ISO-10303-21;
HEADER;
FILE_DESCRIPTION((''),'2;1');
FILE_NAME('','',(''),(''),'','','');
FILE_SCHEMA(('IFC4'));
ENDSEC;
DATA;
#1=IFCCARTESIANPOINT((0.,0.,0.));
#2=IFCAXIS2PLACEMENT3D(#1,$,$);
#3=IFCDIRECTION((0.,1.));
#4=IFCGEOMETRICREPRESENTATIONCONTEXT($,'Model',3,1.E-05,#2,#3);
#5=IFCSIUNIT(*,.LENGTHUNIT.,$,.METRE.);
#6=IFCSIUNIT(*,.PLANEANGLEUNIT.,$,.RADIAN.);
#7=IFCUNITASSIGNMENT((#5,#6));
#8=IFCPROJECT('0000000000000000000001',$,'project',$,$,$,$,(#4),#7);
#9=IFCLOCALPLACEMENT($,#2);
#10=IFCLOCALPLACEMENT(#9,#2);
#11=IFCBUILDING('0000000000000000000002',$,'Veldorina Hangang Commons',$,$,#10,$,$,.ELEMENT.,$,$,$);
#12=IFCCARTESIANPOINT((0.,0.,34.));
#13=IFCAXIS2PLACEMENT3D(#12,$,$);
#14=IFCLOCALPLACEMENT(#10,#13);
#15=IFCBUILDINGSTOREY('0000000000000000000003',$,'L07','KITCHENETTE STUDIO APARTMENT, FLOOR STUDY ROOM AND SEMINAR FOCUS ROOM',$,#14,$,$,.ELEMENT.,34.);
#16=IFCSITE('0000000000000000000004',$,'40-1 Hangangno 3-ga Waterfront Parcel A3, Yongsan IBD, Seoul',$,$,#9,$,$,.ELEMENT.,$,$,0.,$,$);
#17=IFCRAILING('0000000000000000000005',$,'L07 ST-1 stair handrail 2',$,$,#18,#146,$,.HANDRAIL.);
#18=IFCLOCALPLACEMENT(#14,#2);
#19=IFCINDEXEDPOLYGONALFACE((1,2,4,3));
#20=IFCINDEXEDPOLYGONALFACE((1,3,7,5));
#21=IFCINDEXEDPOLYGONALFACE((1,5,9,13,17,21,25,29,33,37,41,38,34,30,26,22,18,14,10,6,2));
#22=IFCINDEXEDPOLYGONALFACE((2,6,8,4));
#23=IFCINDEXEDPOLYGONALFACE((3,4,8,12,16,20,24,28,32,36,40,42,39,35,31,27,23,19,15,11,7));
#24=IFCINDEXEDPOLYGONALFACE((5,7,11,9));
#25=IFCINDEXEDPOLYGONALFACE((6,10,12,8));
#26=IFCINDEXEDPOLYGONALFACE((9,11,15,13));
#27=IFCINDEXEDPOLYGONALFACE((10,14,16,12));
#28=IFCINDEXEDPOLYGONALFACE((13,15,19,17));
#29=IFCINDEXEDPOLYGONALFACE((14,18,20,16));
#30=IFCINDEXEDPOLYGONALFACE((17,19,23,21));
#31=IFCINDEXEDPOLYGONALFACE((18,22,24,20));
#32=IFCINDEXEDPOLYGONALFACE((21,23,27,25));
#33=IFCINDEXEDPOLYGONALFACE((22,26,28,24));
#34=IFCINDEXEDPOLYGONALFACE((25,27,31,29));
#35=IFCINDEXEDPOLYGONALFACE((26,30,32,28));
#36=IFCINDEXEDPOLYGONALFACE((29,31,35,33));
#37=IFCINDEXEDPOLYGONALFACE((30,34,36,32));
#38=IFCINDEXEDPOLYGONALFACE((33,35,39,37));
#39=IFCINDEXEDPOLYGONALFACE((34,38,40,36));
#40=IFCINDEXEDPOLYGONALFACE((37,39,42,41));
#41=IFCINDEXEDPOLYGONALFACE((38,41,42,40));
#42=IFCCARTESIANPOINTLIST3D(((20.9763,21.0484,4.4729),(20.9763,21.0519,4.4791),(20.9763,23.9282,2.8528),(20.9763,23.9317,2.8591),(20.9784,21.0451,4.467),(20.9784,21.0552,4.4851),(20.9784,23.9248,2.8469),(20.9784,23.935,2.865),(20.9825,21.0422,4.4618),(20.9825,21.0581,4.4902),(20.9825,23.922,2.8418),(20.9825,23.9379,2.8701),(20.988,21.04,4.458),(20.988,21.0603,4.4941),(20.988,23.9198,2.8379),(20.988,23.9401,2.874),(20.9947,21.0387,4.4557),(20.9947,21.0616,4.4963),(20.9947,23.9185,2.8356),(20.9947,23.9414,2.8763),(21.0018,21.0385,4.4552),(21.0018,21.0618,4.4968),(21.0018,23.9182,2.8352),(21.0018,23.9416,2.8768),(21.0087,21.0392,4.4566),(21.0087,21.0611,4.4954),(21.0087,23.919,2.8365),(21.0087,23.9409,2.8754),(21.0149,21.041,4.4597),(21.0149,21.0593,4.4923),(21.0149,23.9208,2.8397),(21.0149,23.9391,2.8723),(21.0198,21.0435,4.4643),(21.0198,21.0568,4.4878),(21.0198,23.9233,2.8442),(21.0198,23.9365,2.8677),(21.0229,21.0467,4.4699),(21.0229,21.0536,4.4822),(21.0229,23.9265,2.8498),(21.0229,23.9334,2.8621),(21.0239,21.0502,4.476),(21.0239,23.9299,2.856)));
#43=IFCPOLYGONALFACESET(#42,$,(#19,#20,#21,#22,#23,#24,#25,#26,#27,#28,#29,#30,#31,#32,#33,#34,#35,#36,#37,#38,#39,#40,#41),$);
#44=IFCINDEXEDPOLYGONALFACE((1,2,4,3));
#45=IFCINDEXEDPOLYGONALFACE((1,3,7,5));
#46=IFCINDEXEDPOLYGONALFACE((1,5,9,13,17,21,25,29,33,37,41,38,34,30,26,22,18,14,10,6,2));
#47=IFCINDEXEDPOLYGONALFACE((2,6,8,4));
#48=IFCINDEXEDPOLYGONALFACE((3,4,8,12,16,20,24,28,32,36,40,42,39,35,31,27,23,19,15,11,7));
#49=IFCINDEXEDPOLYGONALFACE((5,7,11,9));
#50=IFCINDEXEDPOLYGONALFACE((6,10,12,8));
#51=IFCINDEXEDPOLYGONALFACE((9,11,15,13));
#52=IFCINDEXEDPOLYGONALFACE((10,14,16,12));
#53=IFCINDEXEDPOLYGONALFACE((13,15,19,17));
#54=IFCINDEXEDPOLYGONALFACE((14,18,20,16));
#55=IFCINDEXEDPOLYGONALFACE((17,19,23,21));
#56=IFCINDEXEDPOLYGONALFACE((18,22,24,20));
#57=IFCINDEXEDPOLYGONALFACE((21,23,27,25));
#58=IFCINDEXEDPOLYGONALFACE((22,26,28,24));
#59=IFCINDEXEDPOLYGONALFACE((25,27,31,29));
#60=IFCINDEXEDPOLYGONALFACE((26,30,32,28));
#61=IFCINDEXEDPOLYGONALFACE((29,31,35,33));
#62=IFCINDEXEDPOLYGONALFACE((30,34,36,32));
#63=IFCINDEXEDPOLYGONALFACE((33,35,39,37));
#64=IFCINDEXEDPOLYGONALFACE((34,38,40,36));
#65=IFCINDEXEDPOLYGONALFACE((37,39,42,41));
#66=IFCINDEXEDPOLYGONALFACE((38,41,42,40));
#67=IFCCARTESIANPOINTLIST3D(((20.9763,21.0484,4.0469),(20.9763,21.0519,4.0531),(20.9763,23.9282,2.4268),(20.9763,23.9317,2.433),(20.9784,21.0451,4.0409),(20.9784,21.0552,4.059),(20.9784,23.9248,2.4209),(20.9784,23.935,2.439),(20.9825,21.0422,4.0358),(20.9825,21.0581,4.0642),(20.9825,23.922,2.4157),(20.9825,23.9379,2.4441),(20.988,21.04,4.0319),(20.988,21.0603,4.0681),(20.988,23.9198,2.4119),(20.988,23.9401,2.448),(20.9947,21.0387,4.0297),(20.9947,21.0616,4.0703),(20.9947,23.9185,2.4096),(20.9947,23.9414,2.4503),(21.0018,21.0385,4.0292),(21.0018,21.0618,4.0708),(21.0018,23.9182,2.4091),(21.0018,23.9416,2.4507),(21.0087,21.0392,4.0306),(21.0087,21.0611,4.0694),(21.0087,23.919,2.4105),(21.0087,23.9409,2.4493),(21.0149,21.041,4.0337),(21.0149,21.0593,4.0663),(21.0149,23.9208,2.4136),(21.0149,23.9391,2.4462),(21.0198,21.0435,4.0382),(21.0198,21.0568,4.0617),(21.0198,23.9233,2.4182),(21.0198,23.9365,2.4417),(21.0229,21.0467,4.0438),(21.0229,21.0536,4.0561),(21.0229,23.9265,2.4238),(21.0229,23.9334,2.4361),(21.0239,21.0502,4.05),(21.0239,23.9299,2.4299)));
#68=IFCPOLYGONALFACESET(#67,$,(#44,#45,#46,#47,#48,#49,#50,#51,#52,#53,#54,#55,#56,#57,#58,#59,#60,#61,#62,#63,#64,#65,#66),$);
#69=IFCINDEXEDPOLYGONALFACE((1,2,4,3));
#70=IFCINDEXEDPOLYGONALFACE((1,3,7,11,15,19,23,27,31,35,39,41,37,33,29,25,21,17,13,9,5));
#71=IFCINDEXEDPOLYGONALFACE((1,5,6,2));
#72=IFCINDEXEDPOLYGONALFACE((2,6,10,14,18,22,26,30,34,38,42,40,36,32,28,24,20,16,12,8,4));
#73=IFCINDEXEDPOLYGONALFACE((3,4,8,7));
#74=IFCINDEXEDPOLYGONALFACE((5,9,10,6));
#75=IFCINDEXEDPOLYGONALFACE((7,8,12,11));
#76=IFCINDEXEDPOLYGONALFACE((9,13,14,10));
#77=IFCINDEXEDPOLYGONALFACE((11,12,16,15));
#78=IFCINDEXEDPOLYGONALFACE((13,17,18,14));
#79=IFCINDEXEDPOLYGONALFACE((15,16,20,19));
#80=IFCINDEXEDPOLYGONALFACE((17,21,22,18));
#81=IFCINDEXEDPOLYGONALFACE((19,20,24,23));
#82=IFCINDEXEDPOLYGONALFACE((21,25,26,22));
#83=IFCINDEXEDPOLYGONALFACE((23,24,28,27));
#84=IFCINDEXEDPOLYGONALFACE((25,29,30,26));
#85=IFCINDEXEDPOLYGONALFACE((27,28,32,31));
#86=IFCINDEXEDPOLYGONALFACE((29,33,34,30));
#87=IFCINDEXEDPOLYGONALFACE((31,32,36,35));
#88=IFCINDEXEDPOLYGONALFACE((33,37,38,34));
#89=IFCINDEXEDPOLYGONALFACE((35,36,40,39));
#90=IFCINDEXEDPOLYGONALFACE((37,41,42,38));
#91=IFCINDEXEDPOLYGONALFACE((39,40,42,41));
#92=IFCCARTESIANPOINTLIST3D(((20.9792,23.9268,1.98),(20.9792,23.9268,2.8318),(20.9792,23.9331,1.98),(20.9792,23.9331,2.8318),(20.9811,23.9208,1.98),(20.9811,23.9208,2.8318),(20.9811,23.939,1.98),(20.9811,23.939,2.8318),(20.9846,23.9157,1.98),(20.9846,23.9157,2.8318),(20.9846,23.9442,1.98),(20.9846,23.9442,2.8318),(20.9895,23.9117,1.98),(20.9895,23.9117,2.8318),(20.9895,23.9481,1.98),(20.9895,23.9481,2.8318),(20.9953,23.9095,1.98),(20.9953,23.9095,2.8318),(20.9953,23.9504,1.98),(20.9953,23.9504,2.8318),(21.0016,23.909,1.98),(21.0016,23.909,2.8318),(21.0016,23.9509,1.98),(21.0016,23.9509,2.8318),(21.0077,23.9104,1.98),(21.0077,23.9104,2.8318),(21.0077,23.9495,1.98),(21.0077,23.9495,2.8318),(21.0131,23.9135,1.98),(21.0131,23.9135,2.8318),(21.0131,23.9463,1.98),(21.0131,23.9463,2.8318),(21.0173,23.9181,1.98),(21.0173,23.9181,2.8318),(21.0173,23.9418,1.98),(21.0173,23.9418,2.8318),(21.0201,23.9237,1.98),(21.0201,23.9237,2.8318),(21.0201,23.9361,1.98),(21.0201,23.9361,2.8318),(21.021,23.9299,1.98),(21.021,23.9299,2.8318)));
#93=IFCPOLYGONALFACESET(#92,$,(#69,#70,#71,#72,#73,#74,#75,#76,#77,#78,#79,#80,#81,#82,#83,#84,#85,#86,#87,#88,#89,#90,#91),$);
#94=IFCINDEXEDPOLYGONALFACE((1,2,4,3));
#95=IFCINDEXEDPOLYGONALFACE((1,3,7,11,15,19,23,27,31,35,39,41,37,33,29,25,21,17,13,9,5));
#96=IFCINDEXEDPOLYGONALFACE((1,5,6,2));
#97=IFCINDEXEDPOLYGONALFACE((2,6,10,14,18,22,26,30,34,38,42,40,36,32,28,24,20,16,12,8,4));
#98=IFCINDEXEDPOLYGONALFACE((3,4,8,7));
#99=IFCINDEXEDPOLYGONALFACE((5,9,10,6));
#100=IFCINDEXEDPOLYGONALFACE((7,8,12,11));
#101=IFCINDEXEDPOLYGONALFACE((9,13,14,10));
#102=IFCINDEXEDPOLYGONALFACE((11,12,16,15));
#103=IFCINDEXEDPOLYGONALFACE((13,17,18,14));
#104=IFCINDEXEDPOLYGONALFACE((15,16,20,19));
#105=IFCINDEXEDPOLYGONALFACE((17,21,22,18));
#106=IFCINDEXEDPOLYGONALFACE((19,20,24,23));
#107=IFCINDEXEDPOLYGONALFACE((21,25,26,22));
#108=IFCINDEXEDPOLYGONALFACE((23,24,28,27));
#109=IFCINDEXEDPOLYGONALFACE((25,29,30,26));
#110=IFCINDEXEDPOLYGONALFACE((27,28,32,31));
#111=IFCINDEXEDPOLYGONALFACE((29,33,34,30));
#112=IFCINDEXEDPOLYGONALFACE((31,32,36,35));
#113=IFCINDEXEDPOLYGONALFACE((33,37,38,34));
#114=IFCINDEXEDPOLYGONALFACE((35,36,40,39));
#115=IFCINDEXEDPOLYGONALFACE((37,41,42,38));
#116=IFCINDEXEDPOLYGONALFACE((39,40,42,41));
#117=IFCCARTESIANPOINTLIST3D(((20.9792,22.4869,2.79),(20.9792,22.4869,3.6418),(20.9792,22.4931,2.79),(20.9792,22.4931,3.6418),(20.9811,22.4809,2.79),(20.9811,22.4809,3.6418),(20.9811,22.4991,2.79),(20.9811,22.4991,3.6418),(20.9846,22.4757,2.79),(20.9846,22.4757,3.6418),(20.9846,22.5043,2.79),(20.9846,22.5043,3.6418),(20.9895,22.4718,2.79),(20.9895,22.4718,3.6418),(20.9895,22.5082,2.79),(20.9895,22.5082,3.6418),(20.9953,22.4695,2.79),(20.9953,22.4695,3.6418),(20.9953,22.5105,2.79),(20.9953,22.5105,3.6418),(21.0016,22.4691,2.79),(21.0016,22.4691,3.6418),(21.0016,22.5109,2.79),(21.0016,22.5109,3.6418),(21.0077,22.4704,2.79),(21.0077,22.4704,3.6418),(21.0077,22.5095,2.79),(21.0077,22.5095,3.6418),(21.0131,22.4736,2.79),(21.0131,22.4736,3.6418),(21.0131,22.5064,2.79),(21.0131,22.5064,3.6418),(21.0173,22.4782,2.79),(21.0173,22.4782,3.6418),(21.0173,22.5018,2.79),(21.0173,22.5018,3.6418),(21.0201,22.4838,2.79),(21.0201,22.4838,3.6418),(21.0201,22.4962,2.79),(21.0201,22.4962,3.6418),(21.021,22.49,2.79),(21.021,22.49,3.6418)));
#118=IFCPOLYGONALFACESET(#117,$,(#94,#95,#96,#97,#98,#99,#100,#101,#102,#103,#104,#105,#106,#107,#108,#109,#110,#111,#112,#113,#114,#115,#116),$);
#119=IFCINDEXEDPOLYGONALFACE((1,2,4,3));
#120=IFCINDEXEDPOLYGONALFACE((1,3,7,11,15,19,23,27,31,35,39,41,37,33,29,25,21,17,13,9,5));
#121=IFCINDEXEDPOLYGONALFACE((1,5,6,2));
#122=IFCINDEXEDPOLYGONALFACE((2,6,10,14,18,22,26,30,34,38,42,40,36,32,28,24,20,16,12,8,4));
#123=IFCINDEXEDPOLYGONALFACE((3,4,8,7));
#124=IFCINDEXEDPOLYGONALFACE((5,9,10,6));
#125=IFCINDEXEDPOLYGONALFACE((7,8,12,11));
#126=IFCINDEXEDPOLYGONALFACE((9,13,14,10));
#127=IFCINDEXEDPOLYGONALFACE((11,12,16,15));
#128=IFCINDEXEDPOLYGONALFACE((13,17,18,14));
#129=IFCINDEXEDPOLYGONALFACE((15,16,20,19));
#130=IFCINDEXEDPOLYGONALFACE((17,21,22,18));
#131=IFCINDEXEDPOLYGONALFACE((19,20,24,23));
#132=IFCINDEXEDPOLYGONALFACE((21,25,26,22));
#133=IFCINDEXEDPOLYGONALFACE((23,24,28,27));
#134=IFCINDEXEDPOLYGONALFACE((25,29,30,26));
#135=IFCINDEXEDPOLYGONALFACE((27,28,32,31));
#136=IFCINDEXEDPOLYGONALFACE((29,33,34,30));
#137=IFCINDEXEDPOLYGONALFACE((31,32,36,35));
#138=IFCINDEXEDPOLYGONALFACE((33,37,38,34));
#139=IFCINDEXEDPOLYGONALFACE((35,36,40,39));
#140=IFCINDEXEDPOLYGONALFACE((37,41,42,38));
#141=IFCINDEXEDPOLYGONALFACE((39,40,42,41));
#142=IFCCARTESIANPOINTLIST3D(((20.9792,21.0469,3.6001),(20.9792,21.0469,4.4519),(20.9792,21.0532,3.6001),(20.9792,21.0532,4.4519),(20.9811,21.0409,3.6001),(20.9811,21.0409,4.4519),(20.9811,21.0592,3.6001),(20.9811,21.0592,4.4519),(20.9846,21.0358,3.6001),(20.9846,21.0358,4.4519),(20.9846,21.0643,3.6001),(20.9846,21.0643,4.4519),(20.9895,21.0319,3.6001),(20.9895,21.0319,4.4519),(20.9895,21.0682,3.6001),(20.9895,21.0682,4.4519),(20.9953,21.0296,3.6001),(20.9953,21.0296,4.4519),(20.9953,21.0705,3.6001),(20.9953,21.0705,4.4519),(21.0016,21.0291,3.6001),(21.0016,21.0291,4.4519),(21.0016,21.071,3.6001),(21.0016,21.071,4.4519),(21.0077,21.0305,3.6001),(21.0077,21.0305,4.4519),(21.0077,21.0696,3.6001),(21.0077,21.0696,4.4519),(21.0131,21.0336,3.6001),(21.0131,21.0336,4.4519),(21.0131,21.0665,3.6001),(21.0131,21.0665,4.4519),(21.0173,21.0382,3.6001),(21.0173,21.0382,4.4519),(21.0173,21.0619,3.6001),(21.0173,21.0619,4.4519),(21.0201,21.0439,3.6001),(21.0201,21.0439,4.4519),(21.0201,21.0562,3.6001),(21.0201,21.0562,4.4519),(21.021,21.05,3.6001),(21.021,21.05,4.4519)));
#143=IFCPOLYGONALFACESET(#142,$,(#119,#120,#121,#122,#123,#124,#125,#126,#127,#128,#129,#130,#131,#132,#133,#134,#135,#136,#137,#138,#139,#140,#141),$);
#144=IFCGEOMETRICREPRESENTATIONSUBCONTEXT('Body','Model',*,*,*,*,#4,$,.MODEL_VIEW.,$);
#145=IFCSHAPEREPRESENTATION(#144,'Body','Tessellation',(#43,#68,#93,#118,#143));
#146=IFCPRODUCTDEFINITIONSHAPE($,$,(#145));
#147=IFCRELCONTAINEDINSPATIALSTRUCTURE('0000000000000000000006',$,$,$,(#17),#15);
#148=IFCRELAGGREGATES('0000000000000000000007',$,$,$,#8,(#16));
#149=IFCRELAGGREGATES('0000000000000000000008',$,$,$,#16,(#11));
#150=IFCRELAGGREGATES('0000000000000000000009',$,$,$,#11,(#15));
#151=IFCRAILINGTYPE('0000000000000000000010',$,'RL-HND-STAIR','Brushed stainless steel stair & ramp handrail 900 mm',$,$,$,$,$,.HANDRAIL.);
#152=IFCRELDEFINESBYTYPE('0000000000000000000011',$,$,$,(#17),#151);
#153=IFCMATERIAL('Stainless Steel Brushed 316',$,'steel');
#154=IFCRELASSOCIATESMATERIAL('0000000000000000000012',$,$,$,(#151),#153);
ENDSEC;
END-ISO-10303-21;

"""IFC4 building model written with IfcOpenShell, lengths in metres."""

from ifc_helpers import new_model, si_unit, direction, frame, origin, origin_2d, place, context, subcontext, project, spatial, circle, extrude, material, type_object, element, save


model = new_model("IFC4")

# Units and contexts
model_context = context("Model", 3, precision=1e-05, world=origin(), true_north=direction((0.0, 1.0)))
body_context = subcontext(model_context, "Body", "Model", "MODEL_VIEW")
ifc_project = project(units=[si_unit("LENGTHUNIT", "METRE"), si_unit("PLANEANGLEUNIT", "RADIAN")], contexts=[model_context])

# Site, building, storey
site_placement = place(None, origin())
site = spatial("IfcSite", under=ifc_project, at=site_placement, Name="40-1 Hangangno 3-ga Waterfront Parcel A3, Yongsan IBD, Seoul", CompositionType="ELEMENT", RefElevation=0.0)
building_placement = place(site_placement, origin())
building = spatial("IfcBuilding", under=site, at=building_placement, Name="Veldorina Hangang Commons", CompositionType="ELEMENT")
storey_placement = place(building_placement, frame((0.0, 0.0, 34.0)))
storey = spatial("IfcBuildingStorey", under=building, at=storey_placement, Name="L07", Description="KITCHENETTE STUDIO APARTMENT, FLOOR STUDY ROOM AND SEMINAR FOCUS ROOM", CompositionType="ELEMENT", Elevation=34.0)

# Railing
ifc_material_1 = material(Name="Stainless Steel Brushed 316", Category="steel")
railing_type_1 = type_object("IfcRailingType", Name="RL-HND-STAIR", Description="Brushed stainless steel stair & ramp handrail 900 mm", PredefinedType="HANDRAIL", material=ifc_material_1)
railing_1_placement = place(storey_placement, frame((21.0, 23.9299, 1.98)))
element("IfcRailing", 1, at=railing_1_placement, inside=storey, type_object=railing_type_1, Name="L07 ST-1 stair handrail 2", PredefinedType="HANDRAIL", context=body_context, shape_type="SweptSolid", body=[
    extrude(circle(Radius=0.0239, at=origin_2d()), frame((0.0, 0.0, 0.876), z_axis=(0.0, -0.871552, 0.490303), x_axis=(1.0, 0.0, 0.0)), (0.0, 0.0, 1.0), 3.3042),
    extrude(circle(Radius=0.0239, at=origin_2d()), frame((0.0, 0.0, 0.45), z_axis=(0.0, -0.871552, 0.490303), x_axis=(1.0, 0.0, 0.0)), (0.0, 0.0, 1.0), 3.3042),
    extrude(circle(Radius=0.021, at=origin_2d()), origin(), (0.0, 0.0, 1.0), 0.8518),
    extrude(circle(Radius=0.021, at=origin_2d()), frame((0.0, -1.4399, 0.8101)), (0.0, 0.0, 1.0), 0.8518),
    extrude(circle(Radius=0.021, at=origin_2d()), frame((0.0, -2.8799, 1.6201)), (0.0, 0.0, 1.0), 0.8518),
])

save(model, "model.ifc")
